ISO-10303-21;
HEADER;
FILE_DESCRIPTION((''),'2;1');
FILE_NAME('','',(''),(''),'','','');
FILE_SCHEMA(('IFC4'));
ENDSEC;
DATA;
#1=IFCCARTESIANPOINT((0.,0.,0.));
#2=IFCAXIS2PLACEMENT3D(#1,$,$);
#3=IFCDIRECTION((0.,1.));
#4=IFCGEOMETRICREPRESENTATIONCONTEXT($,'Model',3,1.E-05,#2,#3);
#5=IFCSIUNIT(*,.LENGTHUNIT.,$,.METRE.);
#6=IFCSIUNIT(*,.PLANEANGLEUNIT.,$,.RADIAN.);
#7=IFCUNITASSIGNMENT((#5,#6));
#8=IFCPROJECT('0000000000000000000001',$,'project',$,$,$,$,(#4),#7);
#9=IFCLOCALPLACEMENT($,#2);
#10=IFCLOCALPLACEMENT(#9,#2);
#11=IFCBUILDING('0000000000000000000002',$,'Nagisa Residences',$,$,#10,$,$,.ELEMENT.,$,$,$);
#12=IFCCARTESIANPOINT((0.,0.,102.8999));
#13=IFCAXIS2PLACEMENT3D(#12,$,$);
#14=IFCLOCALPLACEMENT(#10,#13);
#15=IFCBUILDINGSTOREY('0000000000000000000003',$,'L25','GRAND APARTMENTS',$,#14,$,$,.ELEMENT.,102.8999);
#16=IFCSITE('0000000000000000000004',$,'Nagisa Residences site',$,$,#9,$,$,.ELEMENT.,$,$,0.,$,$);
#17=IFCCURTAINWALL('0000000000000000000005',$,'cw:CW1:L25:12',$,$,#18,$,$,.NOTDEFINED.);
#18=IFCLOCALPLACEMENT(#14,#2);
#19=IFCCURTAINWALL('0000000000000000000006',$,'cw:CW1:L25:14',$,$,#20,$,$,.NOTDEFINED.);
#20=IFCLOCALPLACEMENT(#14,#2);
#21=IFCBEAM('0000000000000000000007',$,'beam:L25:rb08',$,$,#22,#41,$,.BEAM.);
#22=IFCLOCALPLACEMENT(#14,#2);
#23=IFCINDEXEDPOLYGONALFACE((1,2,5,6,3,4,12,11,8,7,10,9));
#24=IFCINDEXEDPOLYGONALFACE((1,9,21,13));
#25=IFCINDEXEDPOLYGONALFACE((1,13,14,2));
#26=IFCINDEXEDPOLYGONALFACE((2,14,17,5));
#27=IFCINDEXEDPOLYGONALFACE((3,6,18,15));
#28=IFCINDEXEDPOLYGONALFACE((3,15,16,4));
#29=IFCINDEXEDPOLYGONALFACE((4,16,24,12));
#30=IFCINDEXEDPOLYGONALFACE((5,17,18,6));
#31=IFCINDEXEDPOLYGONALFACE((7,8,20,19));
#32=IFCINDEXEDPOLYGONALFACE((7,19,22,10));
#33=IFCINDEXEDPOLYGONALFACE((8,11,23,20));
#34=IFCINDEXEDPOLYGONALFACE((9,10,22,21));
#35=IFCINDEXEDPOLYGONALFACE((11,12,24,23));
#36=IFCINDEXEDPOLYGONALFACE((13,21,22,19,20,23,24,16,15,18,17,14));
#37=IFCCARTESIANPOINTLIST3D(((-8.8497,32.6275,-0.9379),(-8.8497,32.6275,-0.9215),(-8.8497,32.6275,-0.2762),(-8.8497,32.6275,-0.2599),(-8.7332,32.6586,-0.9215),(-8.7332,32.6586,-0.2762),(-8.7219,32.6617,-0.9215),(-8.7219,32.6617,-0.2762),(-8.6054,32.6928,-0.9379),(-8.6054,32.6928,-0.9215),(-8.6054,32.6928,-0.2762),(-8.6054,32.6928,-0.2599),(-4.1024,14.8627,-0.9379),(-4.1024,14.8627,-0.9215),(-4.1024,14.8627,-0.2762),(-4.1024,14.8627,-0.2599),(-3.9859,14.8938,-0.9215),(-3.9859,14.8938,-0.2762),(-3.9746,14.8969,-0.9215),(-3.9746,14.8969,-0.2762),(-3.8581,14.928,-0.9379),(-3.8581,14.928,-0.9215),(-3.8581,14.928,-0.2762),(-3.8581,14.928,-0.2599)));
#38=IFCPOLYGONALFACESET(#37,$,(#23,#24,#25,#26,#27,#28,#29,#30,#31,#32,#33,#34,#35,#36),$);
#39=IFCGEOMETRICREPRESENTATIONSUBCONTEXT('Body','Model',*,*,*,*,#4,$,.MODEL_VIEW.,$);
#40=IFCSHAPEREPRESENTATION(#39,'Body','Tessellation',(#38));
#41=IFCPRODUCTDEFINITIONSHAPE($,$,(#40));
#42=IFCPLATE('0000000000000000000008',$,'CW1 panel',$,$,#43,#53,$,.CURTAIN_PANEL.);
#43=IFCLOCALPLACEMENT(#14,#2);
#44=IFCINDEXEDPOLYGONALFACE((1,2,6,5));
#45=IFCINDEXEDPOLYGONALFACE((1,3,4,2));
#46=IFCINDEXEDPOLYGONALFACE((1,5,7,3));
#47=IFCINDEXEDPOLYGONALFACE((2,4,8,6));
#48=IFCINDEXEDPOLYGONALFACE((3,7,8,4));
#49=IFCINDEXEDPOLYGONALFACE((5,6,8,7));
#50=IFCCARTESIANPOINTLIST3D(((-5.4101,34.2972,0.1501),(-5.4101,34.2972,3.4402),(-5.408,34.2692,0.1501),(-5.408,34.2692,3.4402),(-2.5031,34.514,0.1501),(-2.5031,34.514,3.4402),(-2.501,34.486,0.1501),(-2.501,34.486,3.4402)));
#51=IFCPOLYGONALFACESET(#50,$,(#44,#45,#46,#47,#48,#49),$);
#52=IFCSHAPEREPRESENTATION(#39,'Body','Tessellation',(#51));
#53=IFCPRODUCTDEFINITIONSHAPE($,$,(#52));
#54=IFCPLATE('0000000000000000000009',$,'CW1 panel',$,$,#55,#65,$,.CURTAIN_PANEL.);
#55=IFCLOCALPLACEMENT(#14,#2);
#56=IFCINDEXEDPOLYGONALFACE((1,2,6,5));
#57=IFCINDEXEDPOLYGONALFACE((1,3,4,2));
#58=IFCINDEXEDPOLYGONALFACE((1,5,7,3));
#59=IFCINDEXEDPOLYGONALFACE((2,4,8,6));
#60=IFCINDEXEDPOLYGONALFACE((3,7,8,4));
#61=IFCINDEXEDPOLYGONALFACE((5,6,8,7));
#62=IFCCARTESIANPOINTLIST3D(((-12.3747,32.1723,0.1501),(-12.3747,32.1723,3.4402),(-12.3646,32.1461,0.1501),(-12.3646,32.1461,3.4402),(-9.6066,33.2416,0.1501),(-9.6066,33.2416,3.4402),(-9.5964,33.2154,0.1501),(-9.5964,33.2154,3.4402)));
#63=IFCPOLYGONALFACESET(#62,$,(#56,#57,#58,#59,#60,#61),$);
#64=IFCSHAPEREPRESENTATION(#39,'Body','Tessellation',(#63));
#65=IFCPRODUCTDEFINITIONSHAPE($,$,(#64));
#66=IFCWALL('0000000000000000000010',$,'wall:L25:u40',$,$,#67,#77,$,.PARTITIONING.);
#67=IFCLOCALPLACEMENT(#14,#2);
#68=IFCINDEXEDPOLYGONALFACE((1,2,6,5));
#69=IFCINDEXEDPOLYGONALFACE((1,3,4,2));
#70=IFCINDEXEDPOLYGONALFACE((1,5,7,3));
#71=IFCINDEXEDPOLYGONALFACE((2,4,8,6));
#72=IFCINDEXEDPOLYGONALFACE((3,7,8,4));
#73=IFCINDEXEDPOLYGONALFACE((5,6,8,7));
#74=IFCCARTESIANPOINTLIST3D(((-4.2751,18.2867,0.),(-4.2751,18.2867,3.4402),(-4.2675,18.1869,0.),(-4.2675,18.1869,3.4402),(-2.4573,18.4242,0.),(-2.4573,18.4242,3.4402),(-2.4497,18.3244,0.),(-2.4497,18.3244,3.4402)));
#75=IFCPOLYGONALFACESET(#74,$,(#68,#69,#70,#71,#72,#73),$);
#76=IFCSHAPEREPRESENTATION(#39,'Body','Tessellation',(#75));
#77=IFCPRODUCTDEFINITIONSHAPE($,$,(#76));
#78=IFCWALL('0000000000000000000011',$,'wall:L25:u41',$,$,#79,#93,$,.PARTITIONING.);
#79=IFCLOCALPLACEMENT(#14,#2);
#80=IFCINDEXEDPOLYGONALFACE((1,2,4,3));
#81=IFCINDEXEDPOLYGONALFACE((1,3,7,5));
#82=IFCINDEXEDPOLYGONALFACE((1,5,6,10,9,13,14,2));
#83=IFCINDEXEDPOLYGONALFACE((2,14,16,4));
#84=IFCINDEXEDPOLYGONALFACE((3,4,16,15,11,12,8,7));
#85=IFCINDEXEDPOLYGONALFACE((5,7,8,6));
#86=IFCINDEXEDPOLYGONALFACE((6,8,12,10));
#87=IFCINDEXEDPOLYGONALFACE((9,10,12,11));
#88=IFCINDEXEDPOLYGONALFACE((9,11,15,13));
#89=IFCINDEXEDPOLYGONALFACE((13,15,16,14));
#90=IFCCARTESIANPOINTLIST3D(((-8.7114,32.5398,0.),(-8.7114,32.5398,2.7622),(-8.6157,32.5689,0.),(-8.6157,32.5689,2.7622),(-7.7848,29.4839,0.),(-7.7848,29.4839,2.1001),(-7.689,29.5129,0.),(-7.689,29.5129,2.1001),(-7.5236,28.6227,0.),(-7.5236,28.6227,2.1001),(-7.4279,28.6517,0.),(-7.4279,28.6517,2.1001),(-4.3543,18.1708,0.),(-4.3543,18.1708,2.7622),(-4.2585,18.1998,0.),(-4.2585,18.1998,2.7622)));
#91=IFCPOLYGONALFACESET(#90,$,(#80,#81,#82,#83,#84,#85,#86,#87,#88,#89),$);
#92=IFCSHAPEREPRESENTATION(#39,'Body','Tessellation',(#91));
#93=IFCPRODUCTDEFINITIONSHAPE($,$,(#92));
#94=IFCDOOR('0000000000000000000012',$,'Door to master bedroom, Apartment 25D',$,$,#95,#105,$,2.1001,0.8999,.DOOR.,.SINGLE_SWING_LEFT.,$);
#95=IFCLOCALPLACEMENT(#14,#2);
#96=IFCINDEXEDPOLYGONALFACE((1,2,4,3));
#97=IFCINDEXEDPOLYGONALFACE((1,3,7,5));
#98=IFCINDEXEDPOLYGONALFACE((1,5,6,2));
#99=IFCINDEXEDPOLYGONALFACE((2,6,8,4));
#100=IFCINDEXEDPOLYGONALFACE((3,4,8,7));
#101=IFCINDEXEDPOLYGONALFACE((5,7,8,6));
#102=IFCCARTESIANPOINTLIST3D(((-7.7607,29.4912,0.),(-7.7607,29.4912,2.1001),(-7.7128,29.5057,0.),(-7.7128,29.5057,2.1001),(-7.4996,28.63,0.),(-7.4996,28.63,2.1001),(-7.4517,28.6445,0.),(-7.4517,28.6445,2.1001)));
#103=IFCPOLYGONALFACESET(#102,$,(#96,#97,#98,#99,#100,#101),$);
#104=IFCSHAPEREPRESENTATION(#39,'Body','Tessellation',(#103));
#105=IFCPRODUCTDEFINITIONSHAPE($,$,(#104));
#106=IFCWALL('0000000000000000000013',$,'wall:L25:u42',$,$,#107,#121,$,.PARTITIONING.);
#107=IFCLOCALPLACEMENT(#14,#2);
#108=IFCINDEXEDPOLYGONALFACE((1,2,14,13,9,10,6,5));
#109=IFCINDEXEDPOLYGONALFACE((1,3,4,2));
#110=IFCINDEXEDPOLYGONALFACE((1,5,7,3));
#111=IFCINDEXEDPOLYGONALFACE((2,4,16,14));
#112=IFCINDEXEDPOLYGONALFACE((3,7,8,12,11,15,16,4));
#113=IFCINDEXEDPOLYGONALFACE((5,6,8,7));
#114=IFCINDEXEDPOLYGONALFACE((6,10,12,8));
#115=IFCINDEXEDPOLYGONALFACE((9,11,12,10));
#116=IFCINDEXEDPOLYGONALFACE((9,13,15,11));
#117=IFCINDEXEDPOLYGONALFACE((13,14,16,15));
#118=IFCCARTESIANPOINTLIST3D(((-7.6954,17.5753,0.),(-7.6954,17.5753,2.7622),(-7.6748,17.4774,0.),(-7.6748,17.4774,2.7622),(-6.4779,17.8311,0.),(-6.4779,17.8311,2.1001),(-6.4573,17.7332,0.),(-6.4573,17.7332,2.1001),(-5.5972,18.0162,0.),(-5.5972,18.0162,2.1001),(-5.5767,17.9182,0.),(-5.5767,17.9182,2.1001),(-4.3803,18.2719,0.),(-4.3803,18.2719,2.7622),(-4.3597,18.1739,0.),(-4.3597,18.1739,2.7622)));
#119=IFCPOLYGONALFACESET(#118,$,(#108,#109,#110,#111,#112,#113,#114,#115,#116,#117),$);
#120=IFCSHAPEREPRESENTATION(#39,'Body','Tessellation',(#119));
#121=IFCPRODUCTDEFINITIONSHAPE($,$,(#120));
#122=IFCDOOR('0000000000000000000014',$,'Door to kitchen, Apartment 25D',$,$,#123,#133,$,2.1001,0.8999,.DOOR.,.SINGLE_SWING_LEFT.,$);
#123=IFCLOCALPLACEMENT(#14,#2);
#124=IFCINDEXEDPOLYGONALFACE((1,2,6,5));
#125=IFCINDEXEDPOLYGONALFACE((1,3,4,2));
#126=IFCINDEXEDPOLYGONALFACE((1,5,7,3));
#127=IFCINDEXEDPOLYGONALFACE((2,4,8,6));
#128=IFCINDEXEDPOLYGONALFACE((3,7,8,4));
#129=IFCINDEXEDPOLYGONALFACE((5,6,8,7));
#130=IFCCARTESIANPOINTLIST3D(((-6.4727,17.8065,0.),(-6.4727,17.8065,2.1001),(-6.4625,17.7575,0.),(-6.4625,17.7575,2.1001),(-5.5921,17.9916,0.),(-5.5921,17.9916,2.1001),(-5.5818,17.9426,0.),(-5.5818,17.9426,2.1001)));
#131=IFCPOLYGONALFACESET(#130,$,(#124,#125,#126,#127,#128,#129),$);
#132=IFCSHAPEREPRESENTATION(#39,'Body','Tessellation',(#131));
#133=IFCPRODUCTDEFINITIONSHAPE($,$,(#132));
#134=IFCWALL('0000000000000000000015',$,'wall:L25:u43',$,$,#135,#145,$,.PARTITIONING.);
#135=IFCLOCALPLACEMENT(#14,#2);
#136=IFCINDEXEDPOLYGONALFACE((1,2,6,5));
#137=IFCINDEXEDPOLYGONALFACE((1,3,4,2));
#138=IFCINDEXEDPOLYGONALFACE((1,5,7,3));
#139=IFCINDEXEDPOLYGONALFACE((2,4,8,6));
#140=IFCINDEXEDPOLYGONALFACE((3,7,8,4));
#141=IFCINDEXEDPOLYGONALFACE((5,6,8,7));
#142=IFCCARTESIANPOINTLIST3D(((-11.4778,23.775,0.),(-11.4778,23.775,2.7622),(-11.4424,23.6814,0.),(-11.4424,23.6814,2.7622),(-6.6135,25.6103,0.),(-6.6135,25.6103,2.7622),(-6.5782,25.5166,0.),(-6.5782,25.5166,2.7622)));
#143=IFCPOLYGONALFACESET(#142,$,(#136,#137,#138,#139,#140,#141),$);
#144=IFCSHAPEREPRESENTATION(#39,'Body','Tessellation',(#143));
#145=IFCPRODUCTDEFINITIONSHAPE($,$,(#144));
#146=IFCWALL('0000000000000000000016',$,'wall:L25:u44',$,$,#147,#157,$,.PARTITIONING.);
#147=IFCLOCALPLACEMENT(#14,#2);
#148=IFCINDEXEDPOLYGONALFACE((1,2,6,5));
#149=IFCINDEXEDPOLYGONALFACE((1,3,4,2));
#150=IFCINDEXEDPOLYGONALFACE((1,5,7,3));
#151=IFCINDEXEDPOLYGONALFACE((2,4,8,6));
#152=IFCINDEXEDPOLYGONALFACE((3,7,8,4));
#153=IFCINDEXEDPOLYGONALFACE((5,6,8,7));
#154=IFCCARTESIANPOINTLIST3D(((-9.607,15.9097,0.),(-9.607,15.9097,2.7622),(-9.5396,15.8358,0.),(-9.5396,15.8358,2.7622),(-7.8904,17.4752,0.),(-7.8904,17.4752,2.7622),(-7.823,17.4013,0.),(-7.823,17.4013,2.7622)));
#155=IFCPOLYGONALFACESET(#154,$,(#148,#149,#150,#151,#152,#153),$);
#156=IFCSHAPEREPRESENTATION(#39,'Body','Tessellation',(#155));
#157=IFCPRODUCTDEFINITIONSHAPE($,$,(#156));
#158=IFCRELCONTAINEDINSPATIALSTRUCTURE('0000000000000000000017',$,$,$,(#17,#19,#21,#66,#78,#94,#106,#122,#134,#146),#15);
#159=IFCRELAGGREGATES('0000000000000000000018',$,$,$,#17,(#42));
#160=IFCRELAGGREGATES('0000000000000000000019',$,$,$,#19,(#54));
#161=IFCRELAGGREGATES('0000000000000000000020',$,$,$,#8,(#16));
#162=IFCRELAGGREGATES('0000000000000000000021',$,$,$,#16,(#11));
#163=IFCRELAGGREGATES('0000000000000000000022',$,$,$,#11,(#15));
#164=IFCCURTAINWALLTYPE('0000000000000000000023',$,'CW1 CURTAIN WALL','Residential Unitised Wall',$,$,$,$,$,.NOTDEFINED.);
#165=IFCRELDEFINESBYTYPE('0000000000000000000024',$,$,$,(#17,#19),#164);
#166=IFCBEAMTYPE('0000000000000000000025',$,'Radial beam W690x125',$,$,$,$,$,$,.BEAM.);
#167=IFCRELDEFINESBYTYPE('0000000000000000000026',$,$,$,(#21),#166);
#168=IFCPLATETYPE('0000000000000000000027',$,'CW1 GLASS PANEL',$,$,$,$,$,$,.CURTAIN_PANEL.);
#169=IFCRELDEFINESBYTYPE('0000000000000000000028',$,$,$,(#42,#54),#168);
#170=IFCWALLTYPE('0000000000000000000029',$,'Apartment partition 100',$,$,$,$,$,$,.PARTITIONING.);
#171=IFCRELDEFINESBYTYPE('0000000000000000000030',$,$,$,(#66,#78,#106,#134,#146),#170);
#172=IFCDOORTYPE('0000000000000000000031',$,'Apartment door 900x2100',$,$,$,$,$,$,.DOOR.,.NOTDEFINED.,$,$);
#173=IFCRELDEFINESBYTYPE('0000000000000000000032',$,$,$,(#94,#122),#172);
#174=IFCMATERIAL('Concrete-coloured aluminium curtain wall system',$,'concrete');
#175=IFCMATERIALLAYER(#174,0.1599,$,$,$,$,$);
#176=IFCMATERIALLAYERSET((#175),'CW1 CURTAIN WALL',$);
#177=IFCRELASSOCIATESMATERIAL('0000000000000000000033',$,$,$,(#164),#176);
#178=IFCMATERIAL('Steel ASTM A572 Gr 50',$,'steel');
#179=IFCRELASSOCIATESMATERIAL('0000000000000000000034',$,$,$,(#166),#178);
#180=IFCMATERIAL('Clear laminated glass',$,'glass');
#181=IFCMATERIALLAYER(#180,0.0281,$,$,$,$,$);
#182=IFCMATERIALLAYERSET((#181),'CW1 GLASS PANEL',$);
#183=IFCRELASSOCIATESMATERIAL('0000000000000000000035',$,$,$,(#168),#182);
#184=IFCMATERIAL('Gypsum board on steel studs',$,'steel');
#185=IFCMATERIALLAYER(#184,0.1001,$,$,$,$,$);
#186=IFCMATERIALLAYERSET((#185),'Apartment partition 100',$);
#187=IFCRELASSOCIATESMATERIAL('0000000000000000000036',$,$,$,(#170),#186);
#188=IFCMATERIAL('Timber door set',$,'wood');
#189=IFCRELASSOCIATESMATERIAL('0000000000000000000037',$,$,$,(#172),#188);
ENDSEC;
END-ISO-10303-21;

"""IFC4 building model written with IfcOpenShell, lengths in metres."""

from ifc_helpers import new_model, si_unit, direction, frame, frame_2d, origin, origin_2d, place, context, subcontext, project, spatial, rectangle, i_section, extrude, material, layer, layer_set, material_profile, profile_set, type_object, element, fill, aggregate, save


model = new_model("IFC4")

# Units and contexts
model_context = context("Model", 3, precision=1e-05, world=origin(), true_north=direction((0.0, 1.0)))
body_context = subcontext(model_context, "Body", "Model", "MODEL_VIEW")
ifc_project = project(units=[si_unit("LENGTHUNIT", "METRE"), si_unit("PLANEANGLEUNIT", "RADIAN")], contexts=[model_context])

# Site, building, storey
site_placement = place(None, origin())
site = spatial("IfcSite", under=ifc_project, at=site_placement, Name="Nagisa Residences site", CompositionType="ELEMENT", RefElevation=0.0)
building_placement = place(site_placement, origin())
building = spatial("IfcBuilding", under=site, at=building_placement, Name="Nagisa Residences", CompositionType="ELEMENT")
storey_placement = place(building_placement, frame((0.0, 0.0, 102.8999)))
storey = spatial("IfcBuildingStorey", under=building, at=storey_placement, Name="L25", Description="GRAND APARTMENTS", CompositionType="ELEMENT", Elevation=102.8999)

# Curtain walls
ifc_material_1 = material(Name="Concrete-coloured aluminium curtain wall system", Category="concrete")
ifc_layer_1 = layer(ifc_material_1, 0.1599)
ifc_layer_set_1 = layer_set([ifc_layer_1], Name="CW1 CURTAIN WALL")
curtain_wall_type = type_object("IfcCurtainWallType", Name="CW1 CURTAIN WALL", Description="Residential Unitised Wall", PredefinedType="NOTDEFINED", material=ifc_layer_set_1)
curtain_wall_1_placement = place(storey_placement, origin())
curtain_wall_1 = element("IfcCurtainWall", 1, at=curtain_wall_1_placement, inside=storey, type_object=curtain_wall_type, Name="cw:CW1:L25:12", PredefinedType="NOTDEFINED")
curtain_wall_2_placement = place(storey_placement, origin())
curtain_wall_2 = element("IfcCurtainWall", 2, at=curtain_wall_2_placement, inside=storey, type_object=curtain_wall_type, Name="cw:CW1:L25:14", PredefinedType="NOTDEFINED")

# Beam
ifc_material_2 = material(Name="Steel ASTM A572 Gr 50", Category="steel")
ifc_material_profile_1 = material_profile(ifc_material_2, i_section(OverallWidth=0.2529, OverallDepth=0.678, WebThickness=0.0117, FlangeThickness=0.0164, at=origin_2d()), Name="W690x125")
ifc_profile_set_1 = profile_set([ifc_material_profile_1], Name="Steel ASTM A572 Gr 50")
beam_type_1 = type_object("IfcBeamType", Name="Radial beam W690x125", PredefinedType="BEAM", material=ifc_profile_set_1)
beam_1_placement = place(storey_placement, frame((-8.7275, 32.6602, -0.5989), z_axis=(0.258171, -0.966099, 0.0), x_axis=(0.966099, 0.258171, 0.0)))
element("IfcBeam", 3, at=beam_1_placement, inside=storey, type_object=beam_type_1, Name="beam:L25:rb08", PredefinedType="BEAM", context=body_context, shape_type="SweptSolid", body=[
    extrude(i_section(OverallWidth=0.2529, OverallDepth=0.678, WebThickness=0.0117, FlangeThickness=0.0164, at=origin_2d()), origin(), (0.0, 0.0, 1.0), 18.3882),
])

# Plates
ifc_material_3 = material(Name="Clear laminated glass", Category="glass")
ifc_layer_2 = layer(ifc_material_3, 0.0281)
ifc_layer_set_2 = layer_set([ifc_layer_2], Name="CW1 GLASS PANEL")
plate_type = type_object("IfcPlateType", Name="CW1 GLASS PANEL", PredefinedType="CURTAIN_PANEL", material=ifc_layer_set_2)
plate_1_placement = place(storey_placement, frame((-3.9556, 34.3916, 0.1501), z_axis=(0.0, 0.0, 1.0), x_axis=(-0.99723, -0.074377, 0.0)))
plate_1 = element("IfcPlate", 4, at=plate_1_placement, type_object=plate_type, Name="CW1 panel", PredefinedType="CURTAIN_PANEL", context=body_context, shape_type="SweptSolid", body=[
    extrude(rectangle(XDim=2.915, YDim=0.0281, at=origin_2d()), origin(), (0.0, 0.0, 1.0), 3.29),
])
aggregate(curtain_wall_1, [plate_1])
plate_2_placement = place(storey_placement, frame((-10.9856, 32.6938, 0.1501), z_axis=(0.0, 0.0, 1.0), x_axis=(-0.932826, -0.360328, 0.0)))
plate_2 = element("IfcPlate", 5, at=plate_2_placement, type_object=plate_type, Name="CW1 panel", PredefinedType="CURTAIN_PANEL", context=body_context, shape_type="SweptSolid", body=[
    extrude(rectangle(XDim=2.9675, YDim=0.0281, at=origin_2d()), origin(), (0.0, 0.0, 1.0), 3.29),
])
aggregate(curtain_wall_2, [plate_2])

# Wall
ifc_material_4 = material(Name="Gypsum board on steel studs", Category="steel")
ifc_layer_3 = layer(ifc_material_4, 0.1001)
ifc_layer_set_3 = layer_set([ifc_layer_3], Name="Apartment partition 100")
wall_type_1 = type_object("IfcWallType", Name="Apartment partition 100", PredefinedType="PARTITIONING", material=ifc_layer_set_3)
wall_1_placement = place(storey_placement, frame((-2.4534, 18.3743, 0.0), z_axis=(0.0, 0.0, 1.0), x_axis=(-0.997154, -0.075396, 0.0)))
element("IfcWall", 6, at=wall_1_placement, inside=storey, type_object=wall_type_1, Name="wall:L25:u40", PredefinedType="PARTITIONING", context=body_context, shape_type="SweptSolid", body=[
    extrude(rectangle(XDim=1.823, YDim=0.1001, at=frame_2d((0.9116, 0.0))), origin(), (0.0, 0.0, 1.0), 3.4402),
])

# Walls, openings, doors
wall_2_placement = place(storey_placement, frame((-4.3064, 18.1853, 0.0), z_axis=(0.0, 0.0, 1.0), x_axis=(-0.290184, 0.956971, 0.0)))
wall_2 = element("IfcWall", 7, at=wall_2_placement, inside=storey, type_object=wall_type_1, Name="wall:L25:u41", PredefinedType="PARTITIONING", context=body_context, shape_type="SweptSolid", body=[
    extrude(rectangle(XDim=15.0151, YDim=0.1001, at=frame_2d((7.5076, 0.0))), origin(), (0.0, 0.0, 1.0), 2.7622),
])
opening_1_placement = place(wall_2_placement, frame((10.9219, 0.0, 0.0)))
opening_1 = element("IfcOpeningElement", 8, at=opening_1_placement, cuts=wall_2, PredefinedType="OPENING", context=body_context, shape_type="SweptSolid", body=[
    extrude(rectangle(XDim=0.8999, YDim=2.1001, at=frame_2d((0.45, 1.05))), frame((0.0, 0.0601, 0.0), z_axis=(0.0, -1.0, 0.0), x_axis=(1.0, 0.0, 0.0)), (0.0, 0.0, 1.0), 0.1201),
])
ifc_material_5 = material(Name="Timber door set", Category="wood")
door_type_1 = type_object("IfcDoorType", Name="Apartment door 900x2100", OperationType="NOTDEFINED", PredefinedType="DOOR", material=ifc_material_5)
door_1_placement = place(opening_1_placement, origin())
door_1 = element("IfcDoor", 9, at=door_1_placement, inside=storey, type_object=door_type_1, Name="Door to master bedroom, Apartment 25D", OperationType="SINGLE_SWING_LEFT", OverallHeight=2.1001, OverallWidth=0.8999, PredefinedType="DOOR", context=body_context, shape_type="SweptSolid", body=[
    extrude(rectangle(XDim=0.8999, YDim=2.1001, at=frame_2d((0.45, 1.05))), frame((0.0, 0.0249, 0.0), z_axis=(0.0, -1.0, 0.0), x_axis=(1.0, 0.0, 0.0)), (0.0, 0.0, 1.0), 0.05),
])
fill(opening_1, door_1)
wall_3_placement = place(storey_placement, frame((-4.3699, 18.2229, 0.0), z_axis=(0.0, 0.0, 1.0), x_axis=(-0.978633, -0.205615, 0.0)))
wall_3 = element("IfcWall", 10, at=wall_3_placement, inside=storey, type_object=wall_type_1, Name="wall:L25:u42", PredefinedType="PARTITIONING", context=body_context, shape_type="SweptSolid", body=[
    extrude(rectangle(XDim=3.3875, YDim=0.1001, at=frame_2d((1.6938, 0.0))), origin(), (0.0, 0.0, 1.0), 2.7622),
])
opening_2_placement = place(wall_3_placement, frame((1.2437, 0.0, 0.0)))
opening_2 = element("IfcOpeningElement", 11, at=opening_2_placement, cuts=wall_3, PredefinedType="OPENING", context=body_context, shape_type="SweptSolid", body=[
    extrude(rectangle(XDim=0.8999, YDim=2.1001, at=frame_2d((0.45, 1.05))), frame((0.0, 0.0601, 0.0), z_axis=(0.0, -1.0, 0.0), x_axis=(1.0, 0.0, 0.0)), (0.0, 0.0, 1.0), 0.1201),
])
door_2_placement = place(opening_2_placement, frame((0.8999, 0.0, 0.0), x_axis=(-1.0, 0.0, 0.0)))
door_2 = element("IfcDoor", 12, at=door_2_placement, inside=storey, type_object=door_type_1, Name="Door to kitchen, Apartment 25D", OperationType="SINGLE_SWING_LEFT", OverallHeight=2.1001, OverallWidth=0.8999, PredefinedType="DOOR", context=body_context, shape_type="SweptSolid", body=[
    extrude(rectangle(XDim=0.8999, YDim=2.1001, at=frame_2d((0.45, 1.05))), frame((0.0, 0.0249, 0.0), z_axis=(0.0, -1.0, 0.0), x_axis=(1.0, 0.0, 0.0)), (0.0, 0.0, 1.0), 0.05),
])
fill(opening_2, door_2)

# Walls
wall_4_placement = place(storey_placement, frame((-6.5957, 25.5635, 0.0), z_axis=(0.0, 0.0, 1.0), x_axis=(-0.935625, -0.352996, 0.0)))
element("IfcWall", 13, at=wall_4_placement, inside=storey, type_object=wall_type_1, Name="wall:L25:u43", PredefinedType="PARTITIONING", context=body_context, shape_type="SweptSolid", body=[
    extrude(rectangle(XDim=5.199, YDim=0.1001, at=frame_2d((2.5996, 0.0))), origin(), (0.0, 0.0, 1.0), 2.7622),
])
wall_5_placement = place(storey_placement, frame((-7.8567, 17.4382, 0.0), z_axis=(0.0, 0.0, 1.0), x_axis=(-0.738884, -0.673833, 0.0)))
element("IfcWall", 14, at=wall_5_placement, inside=storey, type_object=wall_type_1, Name="wall:L25:u44", PredefinedType="PARTITIONING", context=body_context, shape_type="SweptSolid", body=[
    extrude(rectangle(XDim=2.3232, YDim=0.1001, at=frame_2d((1.1616, 0.0))), origin(), (0.0, 0.0, 1.0), 2.7622),
])

save(model, "model.ifc")
